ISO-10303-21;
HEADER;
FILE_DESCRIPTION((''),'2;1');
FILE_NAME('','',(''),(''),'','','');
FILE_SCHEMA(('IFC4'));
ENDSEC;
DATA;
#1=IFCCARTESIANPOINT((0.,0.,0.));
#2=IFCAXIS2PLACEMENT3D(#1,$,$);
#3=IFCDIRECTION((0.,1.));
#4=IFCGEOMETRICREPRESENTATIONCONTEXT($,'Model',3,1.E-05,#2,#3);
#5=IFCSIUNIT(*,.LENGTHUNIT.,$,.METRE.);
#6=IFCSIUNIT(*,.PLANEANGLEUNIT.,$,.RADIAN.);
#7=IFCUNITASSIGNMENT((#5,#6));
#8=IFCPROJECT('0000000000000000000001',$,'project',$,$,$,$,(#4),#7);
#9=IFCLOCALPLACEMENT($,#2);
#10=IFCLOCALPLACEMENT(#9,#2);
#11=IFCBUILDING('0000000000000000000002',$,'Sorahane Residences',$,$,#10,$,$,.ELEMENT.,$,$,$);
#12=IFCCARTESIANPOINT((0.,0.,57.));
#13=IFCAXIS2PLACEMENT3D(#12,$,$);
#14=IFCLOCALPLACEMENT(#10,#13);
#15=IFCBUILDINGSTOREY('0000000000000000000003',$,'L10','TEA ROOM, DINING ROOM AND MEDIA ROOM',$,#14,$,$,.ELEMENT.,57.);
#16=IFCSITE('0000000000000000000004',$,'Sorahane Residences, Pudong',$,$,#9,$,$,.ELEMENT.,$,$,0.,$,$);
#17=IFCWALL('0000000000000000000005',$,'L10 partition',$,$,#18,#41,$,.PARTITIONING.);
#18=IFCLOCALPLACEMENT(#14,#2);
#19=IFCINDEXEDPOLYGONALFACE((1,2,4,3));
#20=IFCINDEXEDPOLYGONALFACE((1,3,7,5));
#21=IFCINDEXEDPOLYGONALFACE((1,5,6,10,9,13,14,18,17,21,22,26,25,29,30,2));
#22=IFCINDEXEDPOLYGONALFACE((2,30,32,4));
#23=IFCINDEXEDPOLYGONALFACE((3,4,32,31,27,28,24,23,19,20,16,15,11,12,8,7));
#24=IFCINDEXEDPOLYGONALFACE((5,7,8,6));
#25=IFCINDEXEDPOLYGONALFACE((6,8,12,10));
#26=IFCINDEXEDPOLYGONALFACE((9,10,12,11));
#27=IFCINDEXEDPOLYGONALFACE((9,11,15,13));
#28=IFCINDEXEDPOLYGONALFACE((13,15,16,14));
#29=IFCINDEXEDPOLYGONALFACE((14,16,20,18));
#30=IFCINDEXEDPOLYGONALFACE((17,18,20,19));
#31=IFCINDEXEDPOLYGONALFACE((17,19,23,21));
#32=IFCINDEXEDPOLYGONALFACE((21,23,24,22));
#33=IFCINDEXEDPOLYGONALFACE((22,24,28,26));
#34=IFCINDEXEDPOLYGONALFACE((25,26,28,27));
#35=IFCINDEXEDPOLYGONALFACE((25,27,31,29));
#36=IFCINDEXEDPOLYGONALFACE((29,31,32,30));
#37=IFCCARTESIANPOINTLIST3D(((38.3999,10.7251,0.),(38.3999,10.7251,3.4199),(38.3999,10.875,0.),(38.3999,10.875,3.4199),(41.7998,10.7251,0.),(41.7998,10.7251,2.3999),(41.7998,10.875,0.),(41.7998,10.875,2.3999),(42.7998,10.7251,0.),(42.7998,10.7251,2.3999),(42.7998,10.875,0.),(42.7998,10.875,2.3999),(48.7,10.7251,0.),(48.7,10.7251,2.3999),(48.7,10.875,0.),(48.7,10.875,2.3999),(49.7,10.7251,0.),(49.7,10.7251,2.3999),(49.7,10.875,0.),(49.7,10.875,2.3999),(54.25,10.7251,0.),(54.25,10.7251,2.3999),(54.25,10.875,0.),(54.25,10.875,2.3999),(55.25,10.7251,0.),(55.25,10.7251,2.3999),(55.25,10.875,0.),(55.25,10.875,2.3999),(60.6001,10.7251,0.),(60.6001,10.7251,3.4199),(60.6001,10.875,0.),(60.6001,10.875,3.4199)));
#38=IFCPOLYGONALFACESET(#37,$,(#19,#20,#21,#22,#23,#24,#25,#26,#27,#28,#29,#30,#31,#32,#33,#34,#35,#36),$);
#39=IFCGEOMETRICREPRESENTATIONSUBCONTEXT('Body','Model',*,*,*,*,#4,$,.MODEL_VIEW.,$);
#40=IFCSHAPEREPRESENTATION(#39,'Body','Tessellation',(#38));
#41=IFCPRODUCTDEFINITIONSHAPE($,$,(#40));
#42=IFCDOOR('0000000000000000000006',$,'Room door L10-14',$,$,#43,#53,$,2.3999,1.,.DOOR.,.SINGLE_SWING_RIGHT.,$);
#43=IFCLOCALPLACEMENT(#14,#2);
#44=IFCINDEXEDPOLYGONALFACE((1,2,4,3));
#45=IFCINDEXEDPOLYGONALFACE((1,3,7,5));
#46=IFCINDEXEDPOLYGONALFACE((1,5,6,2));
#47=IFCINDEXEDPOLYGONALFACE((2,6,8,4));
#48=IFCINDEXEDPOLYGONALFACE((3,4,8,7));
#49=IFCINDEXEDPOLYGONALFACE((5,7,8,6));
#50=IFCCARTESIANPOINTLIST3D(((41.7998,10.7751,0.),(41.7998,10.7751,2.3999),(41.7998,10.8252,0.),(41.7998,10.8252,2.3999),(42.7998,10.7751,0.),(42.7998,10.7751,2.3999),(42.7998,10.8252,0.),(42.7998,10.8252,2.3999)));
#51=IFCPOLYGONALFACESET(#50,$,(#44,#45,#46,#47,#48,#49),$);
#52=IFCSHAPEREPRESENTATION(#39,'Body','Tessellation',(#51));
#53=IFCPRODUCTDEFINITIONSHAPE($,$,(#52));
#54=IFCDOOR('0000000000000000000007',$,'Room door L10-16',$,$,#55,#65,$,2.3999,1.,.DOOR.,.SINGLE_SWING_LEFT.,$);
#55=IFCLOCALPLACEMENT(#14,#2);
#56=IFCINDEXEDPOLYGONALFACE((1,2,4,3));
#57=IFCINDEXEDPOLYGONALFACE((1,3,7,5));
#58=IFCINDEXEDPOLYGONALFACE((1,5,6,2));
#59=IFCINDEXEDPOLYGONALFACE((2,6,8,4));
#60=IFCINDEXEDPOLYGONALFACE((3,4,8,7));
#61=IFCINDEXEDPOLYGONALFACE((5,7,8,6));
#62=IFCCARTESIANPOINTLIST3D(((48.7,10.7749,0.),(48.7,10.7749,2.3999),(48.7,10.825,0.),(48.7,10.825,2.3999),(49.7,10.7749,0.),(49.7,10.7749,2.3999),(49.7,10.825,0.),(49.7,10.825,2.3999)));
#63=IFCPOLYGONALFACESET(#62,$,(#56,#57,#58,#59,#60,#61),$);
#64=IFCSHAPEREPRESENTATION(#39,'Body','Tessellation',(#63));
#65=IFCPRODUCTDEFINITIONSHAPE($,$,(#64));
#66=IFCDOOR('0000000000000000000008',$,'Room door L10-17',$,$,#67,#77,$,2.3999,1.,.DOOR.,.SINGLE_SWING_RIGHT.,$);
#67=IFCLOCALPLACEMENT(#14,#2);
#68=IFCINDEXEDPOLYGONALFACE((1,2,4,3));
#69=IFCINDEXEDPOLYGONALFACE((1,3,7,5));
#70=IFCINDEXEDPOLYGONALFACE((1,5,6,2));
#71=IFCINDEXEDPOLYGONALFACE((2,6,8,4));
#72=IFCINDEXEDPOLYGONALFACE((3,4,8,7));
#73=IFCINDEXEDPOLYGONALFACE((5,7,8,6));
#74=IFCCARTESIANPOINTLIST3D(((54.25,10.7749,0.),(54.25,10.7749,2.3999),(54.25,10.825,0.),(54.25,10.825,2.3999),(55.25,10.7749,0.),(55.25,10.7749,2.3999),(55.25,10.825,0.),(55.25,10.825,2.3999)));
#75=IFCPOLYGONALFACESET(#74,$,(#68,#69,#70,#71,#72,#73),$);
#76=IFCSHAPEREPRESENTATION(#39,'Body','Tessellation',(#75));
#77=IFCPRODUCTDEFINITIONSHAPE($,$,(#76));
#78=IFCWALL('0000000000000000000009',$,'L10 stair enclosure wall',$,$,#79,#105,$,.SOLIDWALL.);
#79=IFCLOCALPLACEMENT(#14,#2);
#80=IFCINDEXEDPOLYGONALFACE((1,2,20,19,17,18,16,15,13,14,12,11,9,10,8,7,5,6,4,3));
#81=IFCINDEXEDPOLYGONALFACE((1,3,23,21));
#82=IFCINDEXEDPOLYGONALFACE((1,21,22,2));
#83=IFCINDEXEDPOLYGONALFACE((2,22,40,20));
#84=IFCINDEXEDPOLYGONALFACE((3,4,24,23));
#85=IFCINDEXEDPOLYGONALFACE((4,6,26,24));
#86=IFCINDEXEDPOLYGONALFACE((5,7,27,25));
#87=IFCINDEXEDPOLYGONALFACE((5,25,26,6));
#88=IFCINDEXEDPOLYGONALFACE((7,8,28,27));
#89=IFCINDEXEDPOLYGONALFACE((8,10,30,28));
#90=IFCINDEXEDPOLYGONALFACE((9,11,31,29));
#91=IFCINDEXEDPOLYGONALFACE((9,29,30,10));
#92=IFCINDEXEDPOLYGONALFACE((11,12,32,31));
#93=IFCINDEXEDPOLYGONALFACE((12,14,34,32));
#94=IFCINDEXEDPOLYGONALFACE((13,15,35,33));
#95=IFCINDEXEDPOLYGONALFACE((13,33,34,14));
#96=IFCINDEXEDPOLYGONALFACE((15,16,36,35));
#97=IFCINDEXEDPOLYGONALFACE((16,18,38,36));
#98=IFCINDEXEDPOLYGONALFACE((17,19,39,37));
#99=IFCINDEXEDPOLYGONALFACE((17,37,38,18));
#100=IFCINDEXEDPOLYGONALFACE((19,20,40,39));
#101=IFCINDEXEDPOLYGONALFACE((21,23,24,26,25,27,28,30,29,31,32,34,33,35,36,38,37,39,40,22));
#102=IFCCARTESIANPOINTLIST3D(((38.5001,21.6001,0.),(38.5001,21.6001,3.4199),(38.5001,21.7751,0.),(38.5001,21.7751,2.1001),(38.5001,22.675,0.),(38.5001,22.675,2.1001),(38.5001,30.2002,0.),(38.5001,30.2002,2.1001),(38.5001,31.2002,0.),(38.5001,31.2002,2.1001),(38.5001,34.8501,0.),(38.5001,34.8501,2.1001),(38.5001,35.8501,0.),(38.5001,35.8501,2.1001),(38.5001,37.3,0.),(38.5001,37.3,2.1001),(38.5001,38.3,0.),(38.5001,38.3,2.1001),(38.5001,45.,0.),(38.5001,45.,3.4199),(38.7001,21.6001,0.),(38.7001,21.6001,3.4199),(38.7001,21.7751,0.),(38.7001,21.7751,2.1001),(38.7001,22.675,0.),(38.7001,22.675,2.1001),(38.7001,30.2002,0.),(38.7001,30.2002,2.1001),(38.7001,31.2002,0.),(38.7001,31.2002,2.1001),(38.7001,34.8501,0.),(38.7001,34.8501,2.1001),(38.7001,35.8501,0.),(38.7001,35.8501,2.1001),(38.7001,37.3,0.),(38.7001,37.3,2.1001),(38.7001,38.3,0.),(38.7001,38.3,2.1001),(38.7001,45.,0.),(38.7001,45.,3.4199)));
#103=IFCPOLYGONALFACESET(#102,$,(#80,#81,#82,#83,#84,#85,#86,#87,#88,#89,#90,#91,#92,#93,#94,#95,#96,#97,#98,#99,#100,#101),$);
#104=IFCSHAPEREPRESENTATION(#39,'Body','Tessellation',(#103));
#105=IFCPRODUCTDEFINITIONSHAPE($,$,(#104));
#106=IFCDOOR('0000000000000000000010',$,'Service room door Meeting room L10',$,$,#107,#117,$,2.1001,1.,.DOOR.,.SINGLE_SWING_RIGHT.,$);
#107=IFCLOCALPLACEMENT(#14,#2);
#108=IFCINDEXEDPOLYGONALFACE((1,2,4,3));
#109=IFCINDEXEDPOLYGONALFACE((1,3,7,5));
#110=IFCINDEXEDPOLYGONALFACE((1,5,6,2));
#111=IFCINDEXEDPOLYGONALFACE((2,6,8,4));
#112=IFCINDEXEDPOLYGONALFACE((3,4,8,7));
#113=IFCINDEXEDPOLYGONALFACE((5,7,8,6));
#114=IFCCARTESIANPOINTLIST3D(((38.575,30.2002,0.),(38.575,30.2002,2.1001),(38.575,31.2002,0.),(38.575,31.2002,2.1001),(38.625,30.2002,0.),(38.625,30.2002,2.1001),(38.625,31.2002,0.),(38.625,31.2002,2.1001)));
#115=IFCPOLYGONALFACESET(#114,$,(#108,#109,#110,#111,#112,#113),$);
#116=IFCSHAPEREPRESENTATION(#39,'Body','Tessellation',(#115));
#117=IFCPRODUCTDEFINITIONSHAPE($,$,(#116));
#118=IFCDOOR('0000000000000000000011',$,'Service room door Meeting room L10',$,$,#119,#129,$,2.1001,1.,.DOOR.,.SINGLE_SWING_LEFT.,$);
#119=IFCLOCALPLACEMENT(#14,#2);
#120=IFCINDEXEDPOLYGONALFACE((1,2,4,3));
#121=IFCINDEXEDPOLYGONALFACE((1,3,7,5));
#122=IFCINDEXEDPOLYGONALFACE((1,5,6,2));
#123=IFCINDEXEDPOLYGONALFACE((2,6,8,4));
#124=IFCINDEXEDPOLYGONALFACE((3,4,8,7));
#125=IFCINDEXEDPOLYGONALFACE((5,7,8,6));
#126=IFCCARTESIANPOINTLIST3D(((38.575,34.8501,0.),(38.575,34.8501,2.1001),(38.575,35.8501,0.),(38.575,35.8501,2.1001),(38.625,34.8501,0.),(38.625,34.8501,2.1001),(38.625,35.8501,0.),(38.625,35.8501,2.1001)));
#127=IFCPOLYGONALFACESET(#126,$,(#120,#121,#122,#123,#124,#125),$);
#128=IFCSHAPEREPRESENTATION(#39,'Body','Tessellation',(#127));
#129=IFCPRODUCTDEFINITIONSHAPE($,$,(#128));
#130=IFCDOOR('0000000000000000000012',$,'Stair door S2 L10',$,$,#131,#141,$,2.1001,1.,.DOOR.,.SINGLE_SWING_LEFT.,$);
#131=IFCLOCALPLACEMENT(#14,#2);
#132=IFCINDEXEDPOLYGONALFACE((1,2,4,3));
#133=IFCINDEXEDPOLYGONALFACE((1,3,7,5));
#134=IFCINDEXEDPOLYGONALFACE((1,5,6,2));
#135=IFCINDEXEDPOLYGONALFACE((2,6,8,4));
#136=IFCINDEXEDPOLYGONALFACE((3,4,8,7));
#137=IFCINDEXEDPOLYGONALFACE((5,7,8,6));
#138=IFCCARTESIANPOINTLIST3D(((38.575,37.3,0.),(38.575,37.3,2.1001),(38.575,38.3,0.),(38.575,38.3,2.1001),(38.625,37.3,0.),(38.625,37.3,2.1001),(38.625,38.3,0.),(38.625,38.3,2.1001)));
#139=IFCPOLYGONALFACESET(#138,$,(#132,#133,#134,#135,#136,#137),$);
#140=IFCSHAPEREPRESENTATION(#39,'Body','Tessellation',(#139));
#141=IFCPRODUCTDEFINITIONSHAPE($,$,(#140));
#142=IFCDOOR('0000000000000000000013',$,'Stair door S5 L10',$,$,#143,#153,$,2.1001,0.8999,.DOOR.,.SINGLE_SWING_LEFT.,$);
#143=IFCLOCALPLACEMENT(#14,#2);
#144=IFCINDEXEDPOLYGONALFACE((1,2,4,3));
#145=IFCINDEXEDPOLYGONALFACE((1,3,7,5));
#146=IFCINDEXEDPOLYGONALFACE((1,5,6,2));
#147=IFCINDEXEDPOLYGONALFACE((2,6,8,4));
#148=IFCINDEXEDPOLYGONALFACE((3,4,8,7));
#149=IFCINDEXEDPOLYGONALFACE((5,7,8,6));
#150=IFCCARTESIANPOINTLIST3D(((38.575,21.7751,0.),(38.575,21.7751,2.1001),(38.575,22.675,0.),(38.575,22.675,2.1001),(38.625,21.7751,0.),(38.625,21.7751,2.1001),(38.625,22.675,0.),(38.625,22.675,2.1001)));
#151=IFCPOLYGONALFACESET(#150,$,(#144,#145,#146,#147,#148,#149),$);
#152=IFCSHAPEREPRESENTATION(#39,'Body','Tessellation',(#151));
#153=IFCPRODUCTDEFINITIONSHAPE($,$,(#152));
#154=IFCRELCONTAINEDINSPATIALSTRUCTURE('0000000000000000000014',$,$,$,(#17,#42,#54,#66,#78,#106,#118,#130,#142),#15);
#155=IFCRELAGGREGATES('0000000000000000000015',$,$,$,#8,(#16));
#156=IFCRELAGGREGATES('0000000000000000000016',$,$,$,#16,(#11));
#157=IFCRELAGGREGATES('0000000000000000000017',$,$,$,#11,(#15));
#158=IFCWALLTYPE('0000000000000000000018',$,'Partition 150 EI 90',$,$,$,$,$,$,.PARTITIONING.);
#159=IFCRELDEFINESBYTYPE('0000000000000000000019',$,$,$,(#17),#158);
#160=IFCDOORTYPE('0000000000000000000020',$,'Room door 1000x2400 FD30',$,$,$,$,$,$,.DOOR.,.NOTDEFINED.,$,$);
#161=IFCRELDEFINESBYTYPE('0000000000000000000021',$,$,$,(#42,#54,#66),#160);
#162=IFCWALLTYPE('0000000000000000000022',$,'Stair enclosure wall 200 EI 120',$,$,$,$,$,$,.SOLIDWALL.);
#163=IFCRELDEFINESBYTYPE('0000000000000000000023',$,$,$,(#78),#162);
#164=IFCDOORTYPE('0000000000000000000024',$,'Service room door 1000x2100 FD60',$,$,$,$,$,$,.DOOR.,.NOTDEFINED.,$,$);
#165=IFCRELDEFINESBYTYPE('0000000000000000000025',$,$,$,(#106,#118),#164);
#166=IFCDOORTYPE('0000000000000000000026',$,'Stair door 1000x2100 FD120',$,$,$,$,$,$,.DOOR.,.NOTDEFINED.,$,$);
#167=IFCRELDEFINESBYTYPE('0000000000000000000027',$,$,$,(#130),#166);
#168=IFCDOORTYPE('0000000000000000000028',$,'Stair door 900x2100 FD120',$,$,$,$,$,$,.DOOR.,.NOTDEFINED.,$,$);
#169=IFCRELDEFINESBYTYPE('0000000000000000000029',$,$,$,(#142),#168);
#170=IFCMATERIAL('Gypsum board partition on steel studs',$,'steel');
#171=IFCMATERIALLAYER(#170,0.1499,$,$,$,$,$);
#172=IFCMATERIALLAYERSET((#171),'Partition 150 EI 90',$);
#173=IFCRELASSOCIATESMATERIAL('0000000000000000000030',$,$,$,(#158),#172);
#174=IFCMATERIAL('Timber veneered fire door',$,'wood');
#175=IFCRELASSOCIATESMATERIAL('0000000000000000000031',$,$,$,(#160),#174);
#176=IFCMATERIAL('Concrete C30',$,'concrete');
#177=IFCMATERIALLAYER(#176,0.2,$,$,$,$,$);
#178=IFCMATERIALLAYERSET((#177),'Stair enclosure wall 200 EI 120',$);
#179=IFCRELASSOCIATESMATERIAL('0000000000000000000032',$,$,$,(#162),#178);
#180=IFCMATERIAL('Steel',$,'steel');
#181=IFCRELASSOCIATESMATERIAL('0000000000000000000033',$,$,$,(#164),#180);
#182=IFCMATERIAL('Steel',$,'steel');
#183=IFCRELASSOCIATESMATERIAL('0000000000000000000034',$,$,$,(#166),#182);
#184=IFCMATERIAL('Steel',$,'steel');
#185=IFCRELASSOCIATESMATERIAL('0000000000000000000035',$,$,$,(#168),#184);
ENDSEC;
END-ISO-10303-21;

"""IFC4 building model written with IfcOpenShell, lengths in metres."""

from ifc_helpers import new_model, si_unit, direction, frame, frame_2d, origin, place, context, subcontext, project, spatial, rectangle, extrude, material, layer, layer_set, type_object, element, fill, save


model = new_model("IFC4")

# Units and contexts
model_context = context("Model", 3, precision=1e-05, world=origin(), true_north=direction((0.0, 1.0)))
body_context = subcontext(model_context, "Body", "Model", "MODEL_VIEW")
ifc_project = project(units=[si_unit("LENGTHUNIT", "METRE"), si_unit("PLANEANGLEUNIT", "RADIAN")], contexts=[model_context])

# Site, building, storey
site_placement = place(None, origin())
site = spatial("IfcSite", under=ifc_project, at=site_placement, Name="Sorahane Residences, Pudong", CompositionType="ELEMENT", RefElevation=0.0)
building_placement = place(site_placement, origin())
building = spatial("IfcBuilding", under=site, at=building_placement, Name="Sorahane Residences", CompositionType="ELEMENT")
storey_placement = place(building_placement, frame((0.0, 0.0, 57.0)))
storey = spatial("IfcBuildingStorey", under=building, at=storey_placement, Name="L10", Description="TEA ROOM, DINING ROOM AND MEDIA ROOM", CompositionType="ELEMENT", Elevation=57.0)

# Walls, openings, doors
ifc_material_1 = material(Name="Gypsum board partition on steel studs", Category="steel")
ifc_layer_1 = layer(ifc_material_1, 0.1499)
ifc_layer_set_1 = layer_set([ifc_layer_1], Name="Partition 150 EI 90")
wall_type_1 = type_object("IfcWallType", Name="Partition 150 EI 90", PredefinedType="PARTITIONING", material=ifc_layer_set_1)
wall_1_placement = place(storey_placement, frame((38.3999, 10.8, 0.0), z_axis=(0.0, 0.0, 1.0), x_axis=(1.0, 0.0, 0.0)))
wall_1 = element("IfcWall", 1, at=wall_1_placement, inside=storey, type_object=wall_type_1, Name="L10 partition", PredefinedType="PARTITIONING", context=body_context, shape_type="SweptSolid", body=[
    extrude(rectangle(XDim=22.2002, YDim=0.1499, at=frame_2d((11.1001, 0.0))), origin(), (0.0, 0.0, 1.0), 3.4199),
])
opening_1_placement = place(wall_1_placement, frame((3.3999, 0.0, 0.0)))
opening_1 = element("IfcOpeningElement", 2, at=opening_1_placement, cuts=wall_1, PredefinedType="OPENING", context=body_context, shape_type="SweptSolid", body=[
    extrude(rectangle(XDim=1.0, YDim=2.3999, at=frame_2d((0.5, 1.2))), frame((0.0, 0.085, 0.0), z_axis=(0.0, -1.0, 0.0), x_axis=(1.0, 0.0, 0.0)), (0.0, 0.0, 1.0), 0.1699),
])
opening_2_placement = place(wall_1_placement, frame((10.3, 0.0, 0.0)))
opening_2 = element("IfcOpeningElement", 3, at=opening_2_placement, cuts=wall_1, PredefinedType="OPENING", context=body_context, shape_type="SweptSolid", body=[
    extrude(rectangle(XDim=1.0, YDim=2.3999, at=frame_2d((0.5, 1.2))), frame((0.0, 0.085, 0.0), z_axis=(0.0, -1.0, 0.0), x_axis=(1.0, 0.0, 0.0)), (0.0, 0.0, 1.0), 0.1699),
])
opening_3_placement = place(wall_1_placement, frame((15.8501, 0.0, 0.0)))
opening_3 = element("IfcOpeningElement", 4, at=opening_3_placement, cuts=wall_1, PredefinedType="OPENING", context=body_context, shape_type="SweptSolid", body=[
    extrude(rectangle(XDim=1.0, YDim=2.3999, at=frame_2d((0.5, 1.2))), frame((0.0, 0.085, 0.0), z_axis=(0.0, -1.0, 0.0), x_axis=(1.0, 0.0, 0.0)), (0.0, 0.0, 1.0), 0.1699),
])
ifc_material_2 = material(Name="Timber veneered fire door", Category="wood")
door_type_1 = type_object("IfcDoorType", Name="Room door 1000x2400 FD30", OperationType="NOTDEFINED", PredefinedType="DOOR", material=ifc_material_2)
door_1_placement = place(opening_1_placement, frame((1.0, 0.0, 0.0), z_axis=(0.0, 0.0, 1.0), x_axis=(-1.0, 0.0, 0.0)))
door_1 = element("IfcDoor", 5, at=door_1_placement, inside=storey, type_object=door_type_1, Name="Room door L10-14", OperationType="SINGLE_SWING_RIGHT", OverallHeight=2.3999, OverallWidth=1.0, PredefinedType="DOOR", context=body_context, shape_type="SweptSolid", body=[
    extrude(rectangle(XDim=1.0, YDim=2.3999, at=frame_2d((0.5, 1.2))), frame((0.0, 0.0249, 0.0), z_axis=(0.0, -1.0, 0.0), x_axis=(1.0, 0.0, 0.0)), (0.0, 0.0, 1.0), 0.05),
])
fill(opening_1, door_1)
door_2_placement = place(opening_2_placement, origin())
door_2 = element("IfcDoor", 6, at=door_2_placement, inside=storey, type_object=door_type_1, Name="Room door L10-16", OperationType="SINGLE_SWING_LEFT", OverallHeight=2.3999, OverallWidth=1.0, PredefinedType="DOOR", context=body_context, shape_type="SweptSolid", body=[
    extrude(rectangle(XDim=1.0, YDim=2.3999, at=frame_2d((0.5, 1.2))), frame((0.0, 0.0249, 0.0), z_axis=(0.0, -1.0, 0.0), x_axis=(1.0, 0.0, 0.0)), (0.0, 0.0, 1.0), 0.05),
])
fill(opening_2, door_2)
door_3_placement = place(opening_3_placement, origin())
door_3 = element("IfcDoor", 7, at=door_3_placement, inside=storey, type_object=door_type_1, Name="Room door L10-17", OperationType="SINGLE_SWING_RIGHT", OverallHeight=2.3999, OverallWidth=1.0, PredefinedType="DOOR", context=body_context, shape_type="SweptSolid", body=[
    extrude(rectangle(XDim=1.0, YDim=2.3999, at=frame_2d((0.5, 1.2))), frame((0.0, 0.0249, 0.0), z_axis=(0.0, -1.0, 0.0), x_axis=(1.0, 0.0, 0.0)), (0.0, 0.0, 1.0), 0.05),
])
fill(opening_3, door_3)
ifc_material_3 = material(Name="Concrete C30", Category="concrete")
ifc_layer_2 = layer(ifc_material_3, 0.2)
ifc_layer_set_2 = layer_set([ifc_layer_2], Name="Stair enclosure wall 200 EI 120")
wall_type_2 = type_object("IfcWallType", Name="Stair enclosure wall 200 EI 120", PredefinedType="SOLIDWALL", material=ifc_layer_set_2)
wall_2_placement = place(storey_placement, frame((38.6001, 21.6001, 0.0), z_axis=(0.0, 0.0, 1.0), x_axis=(0.0, 1.0, 0.0)))
wall_2 = element("IfcWall", 8, at=wall_2_placement, inside=storey, type_object=wall_type_2, Name="L10 stair enclosure wall", PredefinedType="SOLIDWALL", context=body_context, shape_type="SweptSolid", body=[
    extrude(rectangle(XDim=23.3999, YDim=0.2, at=frame_2d((11.7, 0.0))), origin(), (0.0, 0.0, 1.0), 3.4199),
])
opening_4_placement = place(wall_2_placement, frame((8.6001, 0.0, 0.0)))
opening_4 = element("IfcOpeningElement", 9, at=opening_4_placement, cuts=wall_2, PredefinedType="OPENING", context=body_context, shape_type="SweptSolid", body=[
    extrude(rectangle(XDim=1.0, YDim=2.1001, at=frame_2d((0.5, 1.05))), frame((0.0, 0.1099, 0.0), z_axis=(0.0, -1.0, 0.0), x_axis=(1.0, 0.0, 0.0)), (0.0, 0.0, 1.0), 0.22),
])
opening_5_placement = place(wall_2_placement, frame((13.25, 0.0, 0.0)))
opening_5 = element("IfcOpeningElement", 10, at=opening_5_placement, cuts=wall_2, PredefinedType="OPENING", context=body_context, shape_type="SweptSolid", body=[
    extrude(rectangle(XDim=1.0, YDim=2.1001, at=frame_2d((0.5, 1.05))), frame((0.0, 0.1099, 0.0), z_axis=(0.0, -1.0, 0.0), x_axis=(1.0, 0.0, 0.0)), (0.0, 0.0, 1.0), 0.22),
])
opening_6_placement = place(wall_2_placement, frame((15.7, 0.0, 0.0)))
opening_6 = element("IfcOpeningElement", 11, at=opening_6_placement, cuts=wall_2, PredefinedType="OPENING", context=body_context, shape_type="SweptSolid", body=[
    extrude(rectangle(XDim=1.0, YDim=2.1001, at=frame_2d((0.5, 1.05))), frame((0.0, 0.1099, 0.0), z_axis=(0.0, -1.0, 0.0), x_axis=(1.0, 0.0, 0.0)), (0.0, 0.0, 1.0), 0.22),
])
opening_7_placement = place(wall_2_placement, frame((0.175, 0.0, 0.0)))
opening_7 = element("IfcOpeningElement", 12, at=opening_7_placement, cuts=wall_2, PredefinedType="OPENING", context=body_context, shape_type="SweptSolid", body=[
    extrude(rectangle(XDim=0.8999, YDim=2.1001, at=frame_2d((0.45, 1.05))), frame((0.0, 0.1099, 0.0), z_axis=(0.0, -1.0, 0.0), x_axis=(1.0, 0.0, 0.0)), (0.0, 0.0, 1.0), 0.22),
])
ifc_material_4 = material(Name="Steel", Category="steel")
door_type_2 = type_object("IfcDoorType", Name="Service room door 1000x2100 FD60", OperationType="NOTDEFINED", PredefinedType="DOOR", material=ifc_material_4)
door_4_placement = place(opening_4_placement, frame((1.0, 0.0, 0.0), z_axis=(0.0, 0.0, 1.0), x_axis=(-1.0, 0.0, 0.0)))
door_4 = element("IfcDoor", 13, at=door_4_placement, inside=storey, type_object=door_type_2, Name="Service room door Meeting room L10", OperationType="SINGLE_SWING_RIGHT", OverallHeight=2.1001, OverallWidth=1.0, PredefinedType="DOOR", context=body_context, shape_type="SweptSolid", body=[
    extrude(rectangle(XDim=1.0, YDim=2.1001, at=frame_2d((0.5, 1.05))), frame((0.0, 0.0249, 0.0), z_axis=(0.0, -1.0, 0.0), x_axis=(1.0, 0.0, 0.0)), (0.0, 0.0, 1.0), 0.05),
])
fill(opening_4, door_4)
door_5_placement = place(opening_5_placement, frame((1.0, 0.0, 0.0), z_axis=(0.0, 0.0, 1.0), x_axis=(-1.0, 0.0, 0.0)))
door_5 = element("IfcDoor", 14, at=door_5_placement, inside=storey, type_object=door_type_2, Name="Service room door Meeting room L10", OperationType="SINGLE_SWING_LEFT", OverallHeight=2.1001, OverallWidth=1.0, PredefinedType="DOOR", context=body_context, shape_type="SweptSolid", body=[
    extrude(rectangle(XDim=1.0, YDim=2.1001, at=frame_2d((0.5, 1.05))), frame((0.0, 0.0249, 0.0), z_axis=(0.0, -1.0, 0.0), x_axis=(1.0, 0.0, 0.0)), (0.0, 0.0, 1.0), 0.05),
])
fill(opening_5, door_5)
ifc_material_5 = material(Name="Steel", Category="steel")
door_type_3 = type_object("IfcDoorType", Name="Stair door 1000x2100 FD120", OperationType="NOTDEFINED", PredefinedType="DOOR", material=ifc_material_5)
door_6_placement = place(opening_6_placement, frame((1.0, 0.0, 0.0), z_axis=(0.0, 0.0, 1.0), x_axis=(-1.0, 0.0, 0.0)))
door_6 = element("IfcDoor", 15, at=door_6_placement, inside=storey, type_object=door_type_3, Name="Stair door S2 L10", OperationType="SINGLE_SWING_LEFT", OverallHeight=2.1001, OverallWidth=1.0, PredefinedType="DOOR", context=body_context, shape_type="SweptSolid", body=[
    extrude(rectangle(XDim=1.0, YDim=2.1001, at=frame_2d((0.5, 1.05))), frame((0.0, 0.0249, 0.0), z_axis=(0.0, -1.0, 0.0), x_axis=(1.0, 0.0, 0.0)), (0.0, 0.0, 1.0), 0.05),
])
fill(opening_6, door_6)
ifc_material_6 = material(Name="Steel", Category="steel")
door_type_4 = type_object("IfcDoorType", Name="Stair door 900x2100 FD120", OperationType="NOTDEFINED", PredefinedType="DOOR", material=ifc_material_6)
door_7_placement = place(opening_7_placement, frame((0.8999, 0.0, 0.0), z_axis=(0.0, 0.0, 1.0), x_axis=(-1.0, 0.0, 0.0)))
door_7 = element("IfcDoor", 16, at=door_7_placement, inside=storey, type_object=door_type_4, Name="Stair door S5 L10", OperationType="SINGLE_SWING_LEFT", OverallHeight=2.1001, OverallWidth=0.8999, PredefinedType="DOOR", context=body_context, shape_type="SweptSolid", body=[
    extrude(rectangle(XDim=0.8999, YDim=2.1001, at=frame_2d((0.45, 1.05))), frame((0.0, 0.0249, 0.0), z_axis=(0.0, -1.0, 0.0), x_axis=(1.0, 0.0, 0.0)), (0.0, 0.0, 1.0), 0.05),
])
fill(opening_7, door_7)

save(model, "model.ifc")
